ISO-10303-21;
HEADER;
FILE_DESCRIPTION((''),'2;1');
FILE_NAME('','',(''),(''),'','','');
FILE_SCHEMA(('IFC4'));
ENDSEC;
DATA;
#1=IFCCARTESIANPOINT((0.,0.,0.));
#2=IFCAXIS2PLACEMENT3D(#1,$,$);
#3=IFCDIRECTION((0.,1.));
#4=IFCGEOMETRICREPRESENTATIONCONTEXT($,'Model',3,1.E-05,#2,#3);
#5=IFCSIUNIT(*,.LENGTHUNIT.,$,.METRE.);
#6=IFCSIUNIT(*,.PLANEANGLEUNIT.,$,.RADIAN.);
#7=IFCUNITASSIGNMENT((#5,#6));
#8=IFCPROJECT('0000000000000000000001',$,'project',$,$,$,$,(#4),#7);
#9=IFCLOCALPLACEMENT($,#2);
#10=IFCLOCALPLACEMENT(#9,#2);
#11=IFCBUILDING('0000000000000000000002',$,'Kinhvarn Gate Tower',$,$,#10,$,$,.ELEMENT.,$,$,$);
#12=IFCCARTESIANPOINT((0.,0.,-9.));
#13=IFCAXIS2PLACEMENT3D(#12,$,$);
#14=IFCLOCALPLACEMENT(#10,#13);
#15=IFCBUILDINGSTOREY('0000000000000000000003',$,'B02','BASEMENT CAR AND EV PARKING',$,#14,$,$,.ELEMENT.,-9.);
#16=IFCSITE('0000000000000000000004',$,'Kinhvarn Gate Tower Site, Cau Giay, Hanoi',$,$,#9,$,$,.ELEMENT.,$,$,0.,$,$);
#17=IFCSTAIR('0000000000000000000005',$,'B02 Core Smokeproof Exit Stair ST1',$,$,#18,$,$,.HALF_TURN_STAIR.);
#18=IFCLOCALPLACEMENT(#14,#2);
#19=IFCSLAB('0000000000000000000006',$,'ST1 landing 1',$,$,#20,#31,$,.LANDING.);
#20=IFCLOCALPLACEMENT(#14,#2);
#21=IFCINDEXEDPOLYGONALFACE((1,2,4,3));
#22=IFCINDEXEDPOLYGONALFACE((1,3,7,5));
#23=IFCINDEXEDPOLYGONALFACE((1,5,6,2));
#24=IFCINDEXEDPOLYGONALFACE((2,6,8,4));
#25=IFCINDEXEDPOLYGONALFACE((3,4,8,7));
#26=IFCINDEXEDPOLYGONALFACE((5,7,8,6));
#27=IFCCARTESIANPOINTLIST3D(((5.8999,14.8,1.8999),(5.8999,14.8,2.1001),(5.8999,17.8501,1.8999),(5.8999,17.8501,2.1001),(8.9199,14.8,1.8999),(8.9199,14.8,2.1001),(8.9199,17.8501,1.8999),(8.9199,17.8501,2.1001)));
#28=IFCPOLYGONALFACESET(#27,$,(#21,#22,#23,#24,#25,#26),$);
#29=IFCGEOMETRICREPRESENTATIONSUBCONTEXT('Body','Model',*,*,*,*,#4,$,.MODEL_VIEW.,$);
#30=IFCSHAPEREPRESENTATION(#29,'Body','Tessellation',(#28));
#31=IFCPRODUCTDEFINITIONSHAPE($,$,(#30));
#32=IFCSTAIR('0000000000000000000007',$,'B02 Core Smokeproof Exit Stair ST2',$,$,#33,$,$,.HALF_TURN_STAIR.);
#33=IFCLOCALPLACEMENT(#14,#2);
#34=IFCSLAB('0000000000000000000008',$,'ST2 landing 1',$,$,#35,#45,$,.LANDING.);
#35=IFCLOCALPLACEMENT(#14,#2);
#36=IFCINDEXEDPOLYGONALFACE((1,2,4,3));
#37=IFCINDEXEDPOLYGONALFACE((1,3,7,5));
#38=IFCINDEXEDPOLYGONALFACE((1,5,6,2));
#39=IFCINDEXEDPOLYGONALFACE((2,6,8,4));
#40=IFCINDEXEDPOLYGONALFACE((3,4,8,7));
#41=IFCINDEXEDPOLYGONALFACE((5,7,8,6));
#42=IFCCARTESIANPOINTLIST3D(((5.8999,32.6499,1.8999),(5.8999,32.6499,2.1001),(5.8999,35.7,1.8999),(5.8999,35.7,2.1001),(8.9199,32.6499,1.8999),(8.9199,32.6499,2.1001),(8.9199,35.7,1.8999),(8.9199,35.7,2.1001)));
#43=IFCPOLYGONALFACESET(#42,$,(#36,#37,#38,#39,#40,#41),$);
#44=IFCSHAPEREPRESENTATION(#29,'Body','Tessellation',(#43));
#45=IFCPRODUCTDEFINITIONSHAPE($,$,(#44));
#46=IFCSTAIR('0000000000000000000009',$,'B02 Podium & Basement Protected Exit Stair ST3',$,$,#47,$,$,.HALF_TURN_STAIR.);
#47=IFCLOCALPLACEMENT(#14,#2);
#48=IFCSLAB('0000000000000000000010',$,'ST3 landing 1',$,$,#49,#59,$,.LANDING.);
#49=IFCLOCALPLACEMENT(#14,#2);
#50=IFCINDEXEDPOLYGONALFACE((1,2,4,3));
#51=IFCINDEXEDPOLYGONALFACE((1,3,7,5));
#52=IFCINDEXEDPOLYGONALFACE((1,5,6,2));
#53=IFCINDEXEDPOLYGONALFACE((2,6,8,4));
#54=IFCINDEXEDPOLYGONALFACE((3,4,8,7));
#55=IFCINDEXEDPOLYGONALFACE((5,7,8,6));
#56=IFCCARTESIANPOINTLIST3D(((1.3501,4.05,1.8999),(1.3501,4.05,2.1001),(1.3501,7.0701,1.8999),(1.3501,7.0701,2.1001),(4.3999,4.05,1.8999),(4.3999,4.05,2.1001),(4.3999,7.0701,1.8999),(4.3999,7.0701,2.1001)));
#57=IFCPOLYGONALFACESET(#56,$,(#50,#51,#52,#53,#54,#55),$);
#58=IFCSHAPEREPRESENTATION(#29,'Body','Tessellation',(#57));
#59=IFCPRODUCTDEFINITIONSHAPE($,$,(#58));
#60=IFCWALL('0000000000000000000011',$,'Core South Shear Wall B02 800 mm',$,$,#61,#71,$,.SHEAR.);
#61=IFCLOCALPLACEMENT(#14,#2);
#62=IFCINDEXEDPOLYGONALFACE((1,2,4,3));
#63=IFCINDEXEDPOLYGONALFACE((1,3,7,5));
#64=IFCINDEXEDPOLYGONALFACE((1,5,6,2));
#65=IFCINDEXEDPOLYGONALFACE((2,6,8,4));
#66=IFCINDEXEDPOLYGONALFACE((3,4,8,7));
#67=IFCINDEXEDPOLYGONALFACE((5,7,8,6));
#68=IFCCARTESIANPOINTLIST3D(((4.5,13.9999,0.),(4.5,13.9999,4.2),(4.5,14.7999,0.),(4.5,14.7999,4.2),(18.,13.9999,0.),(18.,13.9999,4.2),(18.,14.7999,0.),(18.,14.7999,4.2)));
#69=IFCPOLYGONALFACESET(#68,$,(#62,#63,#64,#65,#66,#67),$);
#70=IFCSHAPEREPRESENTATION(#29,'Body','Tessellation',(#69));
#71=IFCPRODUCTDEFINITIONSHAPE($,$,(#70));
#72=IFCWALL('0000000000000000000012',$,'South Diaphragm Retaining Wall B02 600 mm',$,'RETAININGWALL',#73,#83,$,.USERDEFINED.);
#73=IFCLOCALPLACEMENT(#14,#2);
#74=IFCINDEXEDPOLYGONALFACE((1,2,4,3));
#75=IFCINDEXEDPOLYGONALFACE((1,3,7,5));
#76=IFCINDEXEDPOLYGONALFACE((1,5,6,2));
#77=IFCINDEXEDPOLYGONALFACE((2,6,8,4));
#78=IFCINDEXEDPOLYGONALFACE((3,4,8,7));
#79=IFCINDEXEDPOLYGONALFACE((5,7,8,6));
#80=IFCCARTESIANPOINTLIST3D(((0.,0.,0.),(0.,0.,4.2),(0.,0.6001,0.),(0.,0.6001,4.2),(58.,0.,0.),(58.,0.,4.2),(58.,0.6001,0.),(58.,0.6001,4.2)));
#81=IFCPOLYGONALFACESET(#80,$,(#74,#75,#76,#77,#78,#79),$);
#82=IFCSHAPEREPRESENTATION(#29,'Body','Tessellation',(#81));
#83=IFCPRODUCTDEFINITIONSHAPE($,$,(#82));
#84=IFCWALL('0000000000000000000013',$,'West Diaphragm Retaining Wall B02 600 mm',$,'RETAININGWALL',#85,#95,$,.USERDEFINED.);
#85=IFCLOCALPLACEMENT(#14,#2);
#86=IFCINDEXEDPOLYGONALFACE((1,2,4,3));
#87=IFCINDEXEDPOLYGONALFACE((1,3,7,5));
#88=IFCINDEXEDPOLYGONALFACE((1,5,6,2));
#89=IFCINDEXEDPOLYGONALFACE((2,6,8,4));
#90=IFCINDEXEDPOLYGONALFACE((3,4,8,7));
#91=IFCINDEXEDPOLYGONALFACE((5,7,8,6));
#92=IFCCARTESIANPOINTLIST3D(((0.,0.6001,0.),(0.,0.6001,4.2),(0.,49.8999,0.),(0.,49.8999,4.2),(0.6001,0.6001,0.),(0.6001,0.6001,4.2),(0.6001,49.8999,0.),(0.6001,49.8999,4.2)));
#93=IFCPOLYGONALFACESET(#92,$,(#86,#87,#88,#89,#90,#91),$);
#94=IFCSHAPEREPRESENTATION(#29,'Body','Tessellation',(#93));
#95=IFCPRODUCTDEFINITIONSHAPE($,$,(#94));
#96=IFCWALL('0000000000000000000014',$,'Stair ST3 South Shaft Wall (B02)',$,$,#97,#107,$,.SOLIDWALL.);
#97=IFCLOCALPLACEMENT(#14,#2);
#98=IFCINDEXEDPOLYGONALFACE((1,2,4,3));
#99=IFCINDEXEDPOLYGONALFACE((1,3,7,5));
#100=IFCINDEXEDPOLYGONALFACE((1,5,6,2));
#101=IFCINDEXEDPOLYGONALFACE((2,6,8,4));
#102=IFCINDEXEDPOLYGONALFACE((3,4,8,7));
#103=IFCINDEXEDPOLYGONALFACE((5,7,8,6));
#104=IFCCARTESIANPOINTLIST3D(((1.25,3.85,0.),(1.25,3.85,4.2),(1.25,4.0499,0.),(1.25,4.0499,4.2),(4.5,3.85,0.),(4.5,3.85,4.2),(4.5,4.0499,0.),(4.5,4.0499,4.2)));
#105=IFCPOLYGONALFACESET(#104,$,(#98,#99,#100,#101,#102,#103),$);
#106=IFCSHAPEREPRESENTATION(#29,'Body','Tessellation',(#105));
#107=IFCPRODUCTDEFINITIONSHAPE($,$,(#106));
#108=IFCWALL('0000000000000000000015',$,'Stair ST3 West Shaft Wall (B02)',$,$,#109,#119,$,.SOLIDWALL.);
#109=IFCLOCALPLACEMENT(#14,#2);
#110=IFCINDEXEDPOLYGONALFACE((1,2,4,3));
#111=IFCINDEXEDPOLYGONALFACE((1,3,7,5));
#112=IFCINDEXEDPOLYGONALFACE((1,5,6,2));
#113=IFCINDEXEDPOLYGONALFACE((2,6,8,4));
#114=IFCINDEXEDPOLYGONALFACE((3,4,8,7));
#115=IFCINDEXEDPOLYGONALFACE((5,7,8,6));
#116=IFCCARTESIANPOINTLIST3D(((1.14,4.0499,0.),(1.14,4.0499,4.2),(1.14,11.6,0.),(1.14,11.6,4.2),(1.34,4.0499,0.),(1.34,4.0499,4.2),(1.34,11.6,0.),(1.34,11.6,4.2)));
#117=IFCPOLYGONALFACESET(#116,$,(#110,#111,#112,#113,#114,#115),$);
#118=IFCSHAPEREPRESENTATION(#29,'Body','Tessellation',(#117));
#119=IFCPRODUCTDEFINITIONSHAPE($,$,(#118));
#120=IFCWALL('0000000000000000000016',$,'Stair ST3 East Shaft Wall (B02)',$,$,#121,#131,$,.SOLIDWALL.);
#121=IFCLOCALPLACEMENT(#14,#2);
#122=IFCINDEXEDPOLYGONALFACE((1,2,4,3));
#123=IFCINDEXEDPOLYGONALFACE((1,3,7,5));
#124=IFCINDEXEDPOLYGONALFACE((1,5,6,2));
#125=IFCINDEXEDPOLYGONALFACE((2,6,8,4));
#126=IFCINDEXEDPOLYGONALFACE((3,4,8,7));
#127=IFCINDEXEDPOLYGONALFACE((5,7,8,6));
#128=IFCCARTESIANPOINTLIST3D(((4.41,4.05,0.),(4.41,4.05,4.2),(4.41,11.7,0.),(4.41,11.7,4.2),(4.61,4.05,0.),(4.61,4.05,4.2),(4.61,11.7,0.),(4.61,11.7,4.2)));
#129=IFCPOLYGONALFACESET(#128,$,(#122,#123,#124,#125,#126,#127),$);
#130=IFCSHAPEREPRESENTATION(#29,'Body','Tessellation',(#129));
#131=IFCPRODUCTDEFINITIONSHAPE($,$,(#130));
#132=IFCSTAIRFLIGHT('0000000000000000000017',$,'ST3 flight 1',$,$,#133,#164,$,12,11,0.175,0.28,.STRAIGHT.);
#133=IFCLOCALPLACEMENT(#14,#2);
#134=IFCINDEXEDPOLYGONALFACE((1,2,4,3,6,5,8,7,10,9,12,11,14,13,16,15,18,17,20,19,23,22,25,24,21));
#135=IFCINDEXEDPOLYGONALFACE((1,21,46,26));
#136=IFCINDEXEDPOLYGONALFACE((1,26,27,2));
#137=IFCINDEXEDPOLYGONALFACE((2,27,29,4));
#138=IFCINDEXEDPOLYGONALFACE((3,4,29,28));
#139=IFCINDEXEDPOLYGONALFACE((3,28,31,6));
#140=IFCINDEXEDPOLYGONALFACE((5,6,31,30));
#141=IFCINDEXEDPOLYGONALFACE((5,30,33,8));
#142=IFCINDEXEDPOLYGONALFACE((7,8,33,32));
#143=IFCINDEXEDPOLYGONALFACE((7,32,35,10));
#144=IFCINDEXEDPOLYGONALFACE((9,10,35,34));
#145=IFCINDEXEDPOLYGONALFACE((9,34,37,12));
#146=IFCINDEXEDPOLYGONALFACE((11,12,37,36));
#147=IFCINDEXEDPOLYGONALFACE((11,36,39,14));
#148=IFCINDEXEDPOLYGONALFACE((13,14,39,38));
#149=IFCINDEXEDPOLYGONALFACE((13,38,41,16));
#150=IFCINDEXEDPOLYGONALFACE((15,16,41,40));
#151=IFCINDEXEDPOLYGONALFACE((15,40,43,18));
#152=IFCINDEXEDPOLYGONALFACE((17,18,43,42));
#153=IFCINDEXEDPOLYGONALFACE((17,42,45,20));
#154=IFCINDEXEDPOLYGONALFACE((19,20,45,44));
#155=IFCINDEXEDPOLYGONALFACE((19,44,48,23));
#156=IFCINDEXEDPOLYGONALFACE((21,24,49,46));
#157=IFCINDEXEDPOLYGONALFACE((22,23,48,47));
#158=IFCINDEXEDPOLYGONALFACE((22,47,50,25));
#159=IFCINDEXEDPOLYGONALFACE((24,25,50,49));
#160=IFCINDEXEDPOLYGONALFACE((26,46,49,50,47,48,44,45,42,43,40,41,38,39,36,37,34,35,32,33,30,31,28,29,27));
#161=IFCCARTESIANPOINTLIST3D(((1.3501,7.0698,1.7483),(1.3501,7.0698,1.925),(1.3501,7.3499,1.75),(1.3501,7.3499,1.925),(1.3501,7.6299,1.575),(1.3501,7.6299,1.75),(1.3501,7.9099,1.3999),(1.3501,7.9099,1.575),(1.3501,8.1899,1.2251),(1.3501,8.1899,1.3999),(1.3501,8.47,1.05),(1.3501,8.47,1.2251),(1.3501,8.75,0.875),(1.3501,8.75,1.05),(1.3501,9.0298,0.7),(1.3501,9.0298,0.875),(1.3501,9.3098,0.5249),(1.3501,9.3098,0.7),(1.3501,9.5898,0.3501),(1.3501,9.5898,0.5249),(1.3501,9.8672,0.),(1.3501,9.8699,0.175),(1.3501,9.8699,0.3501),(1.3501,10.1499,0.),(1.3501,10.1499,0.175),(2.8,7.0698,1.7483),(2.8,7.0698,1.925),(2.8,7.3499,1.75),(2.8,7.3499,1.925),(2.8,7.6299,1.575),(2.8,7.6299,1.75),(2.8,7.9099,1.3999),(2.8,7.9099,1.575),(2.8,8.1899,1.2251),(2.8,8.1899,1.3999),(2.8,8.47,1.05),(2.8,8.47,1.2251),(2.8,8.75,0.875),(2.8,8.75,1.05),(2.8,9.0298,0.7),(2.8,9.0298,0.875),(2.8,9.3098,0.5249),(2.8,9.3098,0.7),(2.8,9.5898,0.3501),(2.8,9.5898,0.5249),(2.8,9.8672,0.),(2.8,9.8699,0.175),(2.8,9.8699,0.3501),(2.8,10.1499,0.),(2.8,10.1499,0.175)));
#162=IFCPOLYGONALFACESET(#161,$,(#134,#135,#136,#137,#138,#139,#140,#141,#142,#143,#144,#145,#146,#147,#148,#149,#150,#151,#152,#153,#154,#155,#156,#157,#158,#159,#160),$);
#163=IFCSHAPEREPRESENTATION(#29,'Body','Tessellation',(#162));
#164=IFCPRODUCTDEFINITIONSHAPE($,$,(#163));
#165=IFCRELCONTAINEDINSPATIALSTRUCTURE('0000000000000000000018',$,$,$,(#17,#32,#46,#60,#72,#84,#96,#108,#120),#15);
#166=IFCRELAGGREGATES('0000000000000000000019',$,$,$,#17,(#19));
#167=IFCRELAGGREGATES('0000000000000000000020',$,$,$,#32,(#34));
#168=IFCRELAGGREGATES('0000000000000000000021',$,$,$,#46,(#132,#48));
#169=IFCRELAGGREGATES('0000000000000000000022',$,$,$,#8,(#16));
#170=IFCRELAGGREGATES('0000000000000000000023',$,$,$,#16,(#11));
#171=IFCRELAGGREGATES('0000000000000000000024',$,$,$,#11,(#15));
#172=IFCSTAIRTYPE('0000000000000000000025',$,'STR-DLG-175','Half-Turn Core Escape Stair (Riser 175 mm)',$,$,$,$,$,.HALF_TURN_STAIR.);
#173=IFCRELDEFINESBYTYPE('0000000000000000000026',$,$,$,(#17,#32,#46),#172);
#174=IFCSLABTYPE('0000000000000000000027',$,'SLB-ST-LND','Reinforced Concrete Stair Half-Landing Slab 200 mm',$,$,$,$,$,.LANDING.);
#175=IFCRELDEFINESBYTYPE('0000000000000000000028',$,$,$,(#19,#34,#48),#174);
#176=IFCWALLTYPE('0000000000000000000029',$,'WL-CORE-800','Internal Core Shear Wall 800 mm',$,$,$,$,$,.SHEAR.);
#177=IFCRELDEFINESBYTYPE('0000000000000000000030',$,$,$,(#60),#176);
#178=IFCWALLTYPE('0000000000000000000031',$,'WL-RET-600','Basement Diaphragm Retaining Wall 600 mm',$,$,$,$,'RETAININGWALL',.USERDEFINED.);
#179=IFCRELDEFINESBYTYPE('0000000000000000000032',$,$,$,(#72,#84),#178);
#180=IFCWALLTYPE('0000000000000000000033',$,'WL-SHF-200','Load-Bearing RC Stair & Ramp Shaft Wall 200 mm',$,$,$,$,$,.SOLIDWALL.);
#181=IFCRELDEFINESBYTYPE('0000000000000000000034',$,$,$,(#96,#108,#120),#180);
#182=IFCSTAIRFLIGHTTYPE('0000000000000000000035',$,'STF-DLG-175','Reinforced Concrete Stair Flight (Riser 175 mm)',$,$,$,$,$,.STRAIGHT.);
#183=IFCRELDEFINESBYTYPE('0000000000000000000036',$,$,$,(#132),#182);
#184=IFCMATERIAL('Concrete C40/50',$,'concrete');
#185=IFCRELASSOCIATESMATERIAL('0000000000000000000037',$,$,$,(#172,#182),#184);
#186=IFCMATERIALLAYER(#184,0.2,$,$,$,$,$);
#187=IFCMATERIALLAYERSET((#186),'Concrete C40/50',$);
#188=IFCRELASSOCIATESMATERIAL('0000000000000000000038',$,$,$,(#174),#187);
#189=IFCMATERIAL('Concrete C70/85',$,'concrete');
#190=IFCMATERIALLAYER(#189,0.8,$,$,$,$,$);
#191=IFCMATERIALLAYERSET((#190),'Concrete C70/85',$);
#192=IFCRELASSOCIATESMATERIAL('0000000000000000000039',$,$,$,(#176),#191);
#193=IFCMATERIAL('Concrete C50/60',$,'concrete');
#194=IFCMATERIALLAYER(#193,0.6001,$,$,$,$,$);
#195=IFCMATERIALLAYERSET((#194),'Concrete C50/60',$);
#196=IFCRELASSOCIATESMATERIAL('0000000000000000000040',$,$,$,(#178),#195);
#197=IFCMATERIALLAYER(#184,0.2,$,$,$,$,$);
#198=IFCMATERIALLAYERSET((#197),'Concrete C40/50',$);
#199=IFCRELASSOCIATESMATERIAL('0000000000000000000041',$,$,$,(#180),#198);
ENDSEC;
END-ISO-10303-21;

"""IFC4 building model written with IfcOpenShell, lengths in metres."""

from ifc_helpers import new_model, si_unit, direction, frame, frame_2d, origin, place, context, subcontext, project, spatial, polyline, rectangle, outline, extrude, material, layer, layer_set, type_object, element, aggregate, save


model = new_model("IFC4")

# Units and contexts
model_context = context("Model", 3, precision=1e-05, world=origin(), true_north=direction((0.0, 1.0)))
body_context = subcontext(model_context, "Body", "Model", "MODEL_VIEW")
ifc_project = project(units=[si_unit("LENGTHUNIT", "METRE"), si_unit("PLANEANGLEUNIT", "RADIAN")], contexts=[model_context])

# Site, building, storey
site_placement = place(None, origin())
site = spatial("IfcSite", under=ifc_project, at=site_placement, Name="Kinhvarn Gate Tower Site, Cau Giay, Hanoi", CompositionType="ELEMENT", RefElevation=0.0)
building_placement = place(site_placement, origin())
building = spatial("IfcBuilding", under=site, at=building_placement, Name="Kinhvarn Gate Tower", CompositionType="ELEMENT")
storey_placement = place(building_placement, frame((0.0, 0.0, -9.0)))
storey = spatial("IfcBuildingStorey", under=building, at=storey_placement, Name="B02", Description="BASEMENT CAR AND EV PARKING", CompositionType="ELEMENT", Elevation=-9.0)

# Shared definitions
ifc_material_1 = material(Name="Concrete C50/60", Category="concrete")

# Shared definitions
ifc_material_2 = material(Name="Concrete C40/50", Category="concrete")

# Stairs, slabs
stair_type = type_object("IfcStairType", Name="STR-DLG-175", Description="Half-Turn Core Escape Stair (Riser 175 mm)", PredefinedType="HALF_TURN_STAIR", material=ifc_material_2)
stair_1_placement = place(storey_placement, origin())
stair_1 = element("IfcStair", 1, at=stair_1_placement, inside=storey, type_object=stair_type, Name="B02 Core Smokeproof Exit Stair ST1", PredefinedType="HALF_TURN_STAIR")
ifc_layer_1 = layer(ifc_material_2, 0.2)
ifc_layer_set_1 = layer_set([ifc_layer_1], Name="Concrete C40/50")
slab_type_1 = type_object("IfcSlabType", Name="SLB-ST-LND", Description="Reinforced Concrete Stair Half-Landing Slab 200 mm", PredefinedType="LANDING", material=ifc_layer_set_1)
slab_1_placement = place(storey_placement, frame((0.0, 0.0, 1.8999)))
slab_1 = element("IfcSlab", 2, at=slab_1_placement, type_object=slab_type_1, Name="ST1 landing 1", PredefinedType="LANDING", context=body_context, shape_type="SweptSolid", body=[
    extrude(outline(polyline([(8.9199, 17.8501), (5.8999, 17.8501), (5.8999, 14.8), (8.9199, 14.8), (8.9199, 17.8501)])), origin(), (0.0, 0.0, 1.0), 0.2002),
])
aggregate(stair_1, [slab_1])
stair_2_placement = place(storey_placement, origin())
stair_2 = element("IfcStair", 3, at=stair_2_placement, inside=storey, type_object=stair_type, Name="B02 Core Smokeproof Exit Stair ST2", PredefinedType="HALF_TURN_STAIR")
slab_2_placement = place(storey_placement, frame((0.0, 0.0, 1.8999)))
slab_2 = element("IfcSlab", 4, at=slab_2_placement, type_object=slab_type_1, Name="ST2 landing 1", PredefinedType="LANDING", context=body_context, shape_type="SweptSolid", body=[
    extrude(outline(polyline([(8.9199, 35.7), (5.8999, 35.7), (5.8999, 32.6499), (8.9199, 32.6499), (8.9199, 35.7)])), origin(), (0.0, 0.0, 1.0), 0.2002),
])
aggregate(stair_2, [slab_2])
stair_3_placement = place(storey_placement, origin())
stair_3 = element("IfcStair", 5, at=stair_3_placement, inside=storey, type_object=stair_type, Name="B02 Podium & Basement Protected Exit Stair ST3", PredefinedType="HALF_TURN_STAIR")
slab_3_placement = place(storey_placement, frame((0.0, 0.0, 1.8999)))
slab_3 = element("IfcSlab", 6, at=slab_3_placement, type_object=slab_type_1, Name="ST3 landing 1", PredefinedType="LANDING", context=body_context, shape_type="SweptSolid", body=[
    extrude(outline(polyline([(1.3501, 7.0701), (1.3501, 4.05), (4.3999, 4.05), (4.3999, 7.0701), (1.3501, 7.0701)])), origin(), (0.0, 0.0, 1.0), 0.2002),
])

# Wall
ifc_material_3 = material(Name="Concrete C70/85", Category="concrete")
ifc_layer_2 = layer(ifc_material_3, 0.8)
ifc_layer_set_2 = layer_set([ifc_layer_2], Name="Concrete C70/85")
wall_type_1 = type_object("IfcWallType", Name="WL-CORE-800", Description="Internal Core Shear Wall 800 mm", PredefinedType="SHEAR", material=ifc_layer_set_2)
wall_1_placement = place(storey_placement, frame((4.5, 14.3999, 0.0), z_axis=(0.0, 0.0, 1.0), x_axis=(1.0, 0.0, 0.0)))
element("IfcWall", 7, at=wall_1_placement, inside=storey, type_object=wall_type_1, Name="Core South Shear Wall B02 800 mm", PredefinedType="SHEAR", context=body_context, shape_type="SweptSolid", body=[
    extrude(rectangle(XDim=13.5, YDim=0.8, at=frame_2d((6.75, 0.0))), origin(), (0.0, 0.0, 1.0), 4.2),
])

# Walls
ifc_layer_3 = layer(ifc_material_1, 0.6001)
ifc_layer_set_3 = layer_set([ifc_layer_3], Name="Concrete C50/60")
wall_type_2 = type_object("IfcWallType", Name="WL-RET-600", Description="Basement Diaphragm Retaining Wall 600 mm", ElementType="RETAININGWALL", PredefinedType="USERDEFINED", material=ifc_layer_set_3)
wall_2_placement = place(storey_placement, frame((0.0, 0.3, 0.0), z_axis=(0.0, 0.0, 1.0), x_axis=(1.0, 0.0, 0.0)))
element("IfcWall", 8, at=wall_2_placement, inside=storey, type_object=wall_type_2, Name="South Diaphragm Retaining Wall B02 600 mm", ObjectType="RETAININGWALL", PredefinedType="USERDEFINED", context=body_context, shape_type="SweptSolid", body=[
    extrude(rectangle(XDim=58.0, YDim=0.6001, at=frame_2d((29.0, 0.0))), origin(), (0.0, 0.0, 1.0), 4.2),
])
wall_3_placement = place(storey_placement, frame((0.3, 0.6001, 0.0), z_axis=(0.0, 0.0, 1.0), x_axis=(0.0, 1.0, 0.0)))
element("IfcWall", 9, at=wall_3_placement, inside=storey, type_object=wall_type_2, Name="West Diaphragm Retaining Wall B02 600 mm", ObjectType="RETAININGWALL", PredefinedType="USERDEFINED", context=body_context, shape_type="SweptSolid", body=[
    extrude(rectangle(XDim=49.2998, YDim=0.6001, at=frame_2d((24.6499, 0.0))), origin(), (0.0, 0.0, 1.0), 4.2),
])
ifc_layer_4 = layer(ifc_material_2, 0.2)
ifc_layer_set_4 = layer_set([ifc_layer_4], Name="Concrete C40/50")
wall_type_3 = type_object("IfcWallType", Name="WL-SHF-200", Description="Load-Bearing RC Stair & Ramp Shaft Wall 200 mm", PredefinedType="SOLIDWALL", material=ifc_layer_set_4)
wall_4_placement = place(storey_placement, frame((1.25, 3.95, 0.0), z_axis=(0.0, 0.0, 1.0), x_axis=(1.0, 0.0, 0.0)))
element("IfcWall", 10, at=wall_4_placement, inside=storey, type_object=wall_type_3, Name="Stair ST3 South Shaft Wall (B02)", PredefinedType="SOLIDWALL", context=body_context, shape_type="SweptSolid", body=[
    extrude(rectangle(XDim=3.25, YDim=0.2, at=frame_2d((1.625, 0.0))), origin(), (0.0, 0.0, 1.0), 4.2),
])
wall_5_placement = place(storey_placement, frame((1.24, 4.05, 0.0), z_axis=(0.0, 0.0, 1.0), x_axis=(0.0, 1.0, 0.0)))
element("IfcWall", 11, at=wall_5_placement, inside=storey, type_object=wall_type_3, Name="Stair ST3 West Shaft Wall (B02)", PredefinedType="SOLIDWALL", context=body_context, shape_type="SweptSolid", body=[
    extrude(rectangle(XDim=7.55, YDim=0.2, at=frame_2d((3.7749, 0.0))), origin(), (0.0, 0.0, 1.0), 4.2),
])
wall_6_placement = place(storey_placement, frame((4.51, 4.05, 0.0), z_axis=(0.0, 0.0, 1.0), x_axis=(0.0, 1.0, 0.0)))
element("IfcWall", 12, at=wall_6_placement, inside=storey, type_object=wall_type_3, Name="Stair ST3 East Shaft Wall (B02)", PredefinedType="SOLIDWALL", context=body_context, shape_type="SweptSolid", body=[
    extrude(rectangle(XDim=7.6499, YDim=0.2, at=frame_2d((3.825, 0.0))), origin(), (0.0, 0.0, 1.0), 4.2),
])

# Stair flight
stair_flight_type = type_object("IfcStairFlightType", Name="STF-DLG-175", Description="Reinforced Concrete Stair Flight (Riser 175 mm)", PredefinedType="STRAIGHT", material=ifc_material_2)
stair_flight_1_placement = place(storey_placement, frame((2.075, 10.1499, 0.0), z_axis=(0.0, 0.0, 1.0), x_axis=(0.0, -1.0, 0.0)))
stair_flight_1 = element("IfcStairFlight", 13, at=stair_flight_1_placement, type_object=stair_flight_type, Name="ST3 flight 1", NumberOfRisers=12, NumberOfTreads=11, PredefinedType="STRAIGHT", RiserHeight=0.175, TreadLength=0.28, context=body_context, shape_type="SweptSolid", body=[
    extrude(outline(polyline([(0.0, 0.0), (0.0, 0.175), (0.28, 0.175), (0.28, 0.3501), (0.5601, 0.3501), (0.5601, 0.5249), (0.8401, 0.5249), (0.8401, 0.7), (1.1201, 0.7), (1.1201, 0.875), (1.3999, 0.875), (1.3999, 1.05), (1.6799, 1.05), (1.6799, 1.2251), (1.96, 1.2251), (1.96, 1.3999), (2.24, 1.3999), (2.24, 1.575), (2.52, 1.575), (2.52, 1.75), (2.8, 1.75), (2.8, 1.925), (3.0801, 1.925), (3.0801, 2.1001), (3.0801, 1.7483), (0.2827, 0.0), (0.0, 0.0)])), frame((0.0, 0.7251, 0.0), z_axis=(0.0, -1.0, 0.0), x_axis=(1.0, 0.0, 0.0)), (0.0, 0.0, 1.0), 1.45),
])
aggregate(stair_3, [stair_flight_1, slab_3])

save(model, "model.ifc")
